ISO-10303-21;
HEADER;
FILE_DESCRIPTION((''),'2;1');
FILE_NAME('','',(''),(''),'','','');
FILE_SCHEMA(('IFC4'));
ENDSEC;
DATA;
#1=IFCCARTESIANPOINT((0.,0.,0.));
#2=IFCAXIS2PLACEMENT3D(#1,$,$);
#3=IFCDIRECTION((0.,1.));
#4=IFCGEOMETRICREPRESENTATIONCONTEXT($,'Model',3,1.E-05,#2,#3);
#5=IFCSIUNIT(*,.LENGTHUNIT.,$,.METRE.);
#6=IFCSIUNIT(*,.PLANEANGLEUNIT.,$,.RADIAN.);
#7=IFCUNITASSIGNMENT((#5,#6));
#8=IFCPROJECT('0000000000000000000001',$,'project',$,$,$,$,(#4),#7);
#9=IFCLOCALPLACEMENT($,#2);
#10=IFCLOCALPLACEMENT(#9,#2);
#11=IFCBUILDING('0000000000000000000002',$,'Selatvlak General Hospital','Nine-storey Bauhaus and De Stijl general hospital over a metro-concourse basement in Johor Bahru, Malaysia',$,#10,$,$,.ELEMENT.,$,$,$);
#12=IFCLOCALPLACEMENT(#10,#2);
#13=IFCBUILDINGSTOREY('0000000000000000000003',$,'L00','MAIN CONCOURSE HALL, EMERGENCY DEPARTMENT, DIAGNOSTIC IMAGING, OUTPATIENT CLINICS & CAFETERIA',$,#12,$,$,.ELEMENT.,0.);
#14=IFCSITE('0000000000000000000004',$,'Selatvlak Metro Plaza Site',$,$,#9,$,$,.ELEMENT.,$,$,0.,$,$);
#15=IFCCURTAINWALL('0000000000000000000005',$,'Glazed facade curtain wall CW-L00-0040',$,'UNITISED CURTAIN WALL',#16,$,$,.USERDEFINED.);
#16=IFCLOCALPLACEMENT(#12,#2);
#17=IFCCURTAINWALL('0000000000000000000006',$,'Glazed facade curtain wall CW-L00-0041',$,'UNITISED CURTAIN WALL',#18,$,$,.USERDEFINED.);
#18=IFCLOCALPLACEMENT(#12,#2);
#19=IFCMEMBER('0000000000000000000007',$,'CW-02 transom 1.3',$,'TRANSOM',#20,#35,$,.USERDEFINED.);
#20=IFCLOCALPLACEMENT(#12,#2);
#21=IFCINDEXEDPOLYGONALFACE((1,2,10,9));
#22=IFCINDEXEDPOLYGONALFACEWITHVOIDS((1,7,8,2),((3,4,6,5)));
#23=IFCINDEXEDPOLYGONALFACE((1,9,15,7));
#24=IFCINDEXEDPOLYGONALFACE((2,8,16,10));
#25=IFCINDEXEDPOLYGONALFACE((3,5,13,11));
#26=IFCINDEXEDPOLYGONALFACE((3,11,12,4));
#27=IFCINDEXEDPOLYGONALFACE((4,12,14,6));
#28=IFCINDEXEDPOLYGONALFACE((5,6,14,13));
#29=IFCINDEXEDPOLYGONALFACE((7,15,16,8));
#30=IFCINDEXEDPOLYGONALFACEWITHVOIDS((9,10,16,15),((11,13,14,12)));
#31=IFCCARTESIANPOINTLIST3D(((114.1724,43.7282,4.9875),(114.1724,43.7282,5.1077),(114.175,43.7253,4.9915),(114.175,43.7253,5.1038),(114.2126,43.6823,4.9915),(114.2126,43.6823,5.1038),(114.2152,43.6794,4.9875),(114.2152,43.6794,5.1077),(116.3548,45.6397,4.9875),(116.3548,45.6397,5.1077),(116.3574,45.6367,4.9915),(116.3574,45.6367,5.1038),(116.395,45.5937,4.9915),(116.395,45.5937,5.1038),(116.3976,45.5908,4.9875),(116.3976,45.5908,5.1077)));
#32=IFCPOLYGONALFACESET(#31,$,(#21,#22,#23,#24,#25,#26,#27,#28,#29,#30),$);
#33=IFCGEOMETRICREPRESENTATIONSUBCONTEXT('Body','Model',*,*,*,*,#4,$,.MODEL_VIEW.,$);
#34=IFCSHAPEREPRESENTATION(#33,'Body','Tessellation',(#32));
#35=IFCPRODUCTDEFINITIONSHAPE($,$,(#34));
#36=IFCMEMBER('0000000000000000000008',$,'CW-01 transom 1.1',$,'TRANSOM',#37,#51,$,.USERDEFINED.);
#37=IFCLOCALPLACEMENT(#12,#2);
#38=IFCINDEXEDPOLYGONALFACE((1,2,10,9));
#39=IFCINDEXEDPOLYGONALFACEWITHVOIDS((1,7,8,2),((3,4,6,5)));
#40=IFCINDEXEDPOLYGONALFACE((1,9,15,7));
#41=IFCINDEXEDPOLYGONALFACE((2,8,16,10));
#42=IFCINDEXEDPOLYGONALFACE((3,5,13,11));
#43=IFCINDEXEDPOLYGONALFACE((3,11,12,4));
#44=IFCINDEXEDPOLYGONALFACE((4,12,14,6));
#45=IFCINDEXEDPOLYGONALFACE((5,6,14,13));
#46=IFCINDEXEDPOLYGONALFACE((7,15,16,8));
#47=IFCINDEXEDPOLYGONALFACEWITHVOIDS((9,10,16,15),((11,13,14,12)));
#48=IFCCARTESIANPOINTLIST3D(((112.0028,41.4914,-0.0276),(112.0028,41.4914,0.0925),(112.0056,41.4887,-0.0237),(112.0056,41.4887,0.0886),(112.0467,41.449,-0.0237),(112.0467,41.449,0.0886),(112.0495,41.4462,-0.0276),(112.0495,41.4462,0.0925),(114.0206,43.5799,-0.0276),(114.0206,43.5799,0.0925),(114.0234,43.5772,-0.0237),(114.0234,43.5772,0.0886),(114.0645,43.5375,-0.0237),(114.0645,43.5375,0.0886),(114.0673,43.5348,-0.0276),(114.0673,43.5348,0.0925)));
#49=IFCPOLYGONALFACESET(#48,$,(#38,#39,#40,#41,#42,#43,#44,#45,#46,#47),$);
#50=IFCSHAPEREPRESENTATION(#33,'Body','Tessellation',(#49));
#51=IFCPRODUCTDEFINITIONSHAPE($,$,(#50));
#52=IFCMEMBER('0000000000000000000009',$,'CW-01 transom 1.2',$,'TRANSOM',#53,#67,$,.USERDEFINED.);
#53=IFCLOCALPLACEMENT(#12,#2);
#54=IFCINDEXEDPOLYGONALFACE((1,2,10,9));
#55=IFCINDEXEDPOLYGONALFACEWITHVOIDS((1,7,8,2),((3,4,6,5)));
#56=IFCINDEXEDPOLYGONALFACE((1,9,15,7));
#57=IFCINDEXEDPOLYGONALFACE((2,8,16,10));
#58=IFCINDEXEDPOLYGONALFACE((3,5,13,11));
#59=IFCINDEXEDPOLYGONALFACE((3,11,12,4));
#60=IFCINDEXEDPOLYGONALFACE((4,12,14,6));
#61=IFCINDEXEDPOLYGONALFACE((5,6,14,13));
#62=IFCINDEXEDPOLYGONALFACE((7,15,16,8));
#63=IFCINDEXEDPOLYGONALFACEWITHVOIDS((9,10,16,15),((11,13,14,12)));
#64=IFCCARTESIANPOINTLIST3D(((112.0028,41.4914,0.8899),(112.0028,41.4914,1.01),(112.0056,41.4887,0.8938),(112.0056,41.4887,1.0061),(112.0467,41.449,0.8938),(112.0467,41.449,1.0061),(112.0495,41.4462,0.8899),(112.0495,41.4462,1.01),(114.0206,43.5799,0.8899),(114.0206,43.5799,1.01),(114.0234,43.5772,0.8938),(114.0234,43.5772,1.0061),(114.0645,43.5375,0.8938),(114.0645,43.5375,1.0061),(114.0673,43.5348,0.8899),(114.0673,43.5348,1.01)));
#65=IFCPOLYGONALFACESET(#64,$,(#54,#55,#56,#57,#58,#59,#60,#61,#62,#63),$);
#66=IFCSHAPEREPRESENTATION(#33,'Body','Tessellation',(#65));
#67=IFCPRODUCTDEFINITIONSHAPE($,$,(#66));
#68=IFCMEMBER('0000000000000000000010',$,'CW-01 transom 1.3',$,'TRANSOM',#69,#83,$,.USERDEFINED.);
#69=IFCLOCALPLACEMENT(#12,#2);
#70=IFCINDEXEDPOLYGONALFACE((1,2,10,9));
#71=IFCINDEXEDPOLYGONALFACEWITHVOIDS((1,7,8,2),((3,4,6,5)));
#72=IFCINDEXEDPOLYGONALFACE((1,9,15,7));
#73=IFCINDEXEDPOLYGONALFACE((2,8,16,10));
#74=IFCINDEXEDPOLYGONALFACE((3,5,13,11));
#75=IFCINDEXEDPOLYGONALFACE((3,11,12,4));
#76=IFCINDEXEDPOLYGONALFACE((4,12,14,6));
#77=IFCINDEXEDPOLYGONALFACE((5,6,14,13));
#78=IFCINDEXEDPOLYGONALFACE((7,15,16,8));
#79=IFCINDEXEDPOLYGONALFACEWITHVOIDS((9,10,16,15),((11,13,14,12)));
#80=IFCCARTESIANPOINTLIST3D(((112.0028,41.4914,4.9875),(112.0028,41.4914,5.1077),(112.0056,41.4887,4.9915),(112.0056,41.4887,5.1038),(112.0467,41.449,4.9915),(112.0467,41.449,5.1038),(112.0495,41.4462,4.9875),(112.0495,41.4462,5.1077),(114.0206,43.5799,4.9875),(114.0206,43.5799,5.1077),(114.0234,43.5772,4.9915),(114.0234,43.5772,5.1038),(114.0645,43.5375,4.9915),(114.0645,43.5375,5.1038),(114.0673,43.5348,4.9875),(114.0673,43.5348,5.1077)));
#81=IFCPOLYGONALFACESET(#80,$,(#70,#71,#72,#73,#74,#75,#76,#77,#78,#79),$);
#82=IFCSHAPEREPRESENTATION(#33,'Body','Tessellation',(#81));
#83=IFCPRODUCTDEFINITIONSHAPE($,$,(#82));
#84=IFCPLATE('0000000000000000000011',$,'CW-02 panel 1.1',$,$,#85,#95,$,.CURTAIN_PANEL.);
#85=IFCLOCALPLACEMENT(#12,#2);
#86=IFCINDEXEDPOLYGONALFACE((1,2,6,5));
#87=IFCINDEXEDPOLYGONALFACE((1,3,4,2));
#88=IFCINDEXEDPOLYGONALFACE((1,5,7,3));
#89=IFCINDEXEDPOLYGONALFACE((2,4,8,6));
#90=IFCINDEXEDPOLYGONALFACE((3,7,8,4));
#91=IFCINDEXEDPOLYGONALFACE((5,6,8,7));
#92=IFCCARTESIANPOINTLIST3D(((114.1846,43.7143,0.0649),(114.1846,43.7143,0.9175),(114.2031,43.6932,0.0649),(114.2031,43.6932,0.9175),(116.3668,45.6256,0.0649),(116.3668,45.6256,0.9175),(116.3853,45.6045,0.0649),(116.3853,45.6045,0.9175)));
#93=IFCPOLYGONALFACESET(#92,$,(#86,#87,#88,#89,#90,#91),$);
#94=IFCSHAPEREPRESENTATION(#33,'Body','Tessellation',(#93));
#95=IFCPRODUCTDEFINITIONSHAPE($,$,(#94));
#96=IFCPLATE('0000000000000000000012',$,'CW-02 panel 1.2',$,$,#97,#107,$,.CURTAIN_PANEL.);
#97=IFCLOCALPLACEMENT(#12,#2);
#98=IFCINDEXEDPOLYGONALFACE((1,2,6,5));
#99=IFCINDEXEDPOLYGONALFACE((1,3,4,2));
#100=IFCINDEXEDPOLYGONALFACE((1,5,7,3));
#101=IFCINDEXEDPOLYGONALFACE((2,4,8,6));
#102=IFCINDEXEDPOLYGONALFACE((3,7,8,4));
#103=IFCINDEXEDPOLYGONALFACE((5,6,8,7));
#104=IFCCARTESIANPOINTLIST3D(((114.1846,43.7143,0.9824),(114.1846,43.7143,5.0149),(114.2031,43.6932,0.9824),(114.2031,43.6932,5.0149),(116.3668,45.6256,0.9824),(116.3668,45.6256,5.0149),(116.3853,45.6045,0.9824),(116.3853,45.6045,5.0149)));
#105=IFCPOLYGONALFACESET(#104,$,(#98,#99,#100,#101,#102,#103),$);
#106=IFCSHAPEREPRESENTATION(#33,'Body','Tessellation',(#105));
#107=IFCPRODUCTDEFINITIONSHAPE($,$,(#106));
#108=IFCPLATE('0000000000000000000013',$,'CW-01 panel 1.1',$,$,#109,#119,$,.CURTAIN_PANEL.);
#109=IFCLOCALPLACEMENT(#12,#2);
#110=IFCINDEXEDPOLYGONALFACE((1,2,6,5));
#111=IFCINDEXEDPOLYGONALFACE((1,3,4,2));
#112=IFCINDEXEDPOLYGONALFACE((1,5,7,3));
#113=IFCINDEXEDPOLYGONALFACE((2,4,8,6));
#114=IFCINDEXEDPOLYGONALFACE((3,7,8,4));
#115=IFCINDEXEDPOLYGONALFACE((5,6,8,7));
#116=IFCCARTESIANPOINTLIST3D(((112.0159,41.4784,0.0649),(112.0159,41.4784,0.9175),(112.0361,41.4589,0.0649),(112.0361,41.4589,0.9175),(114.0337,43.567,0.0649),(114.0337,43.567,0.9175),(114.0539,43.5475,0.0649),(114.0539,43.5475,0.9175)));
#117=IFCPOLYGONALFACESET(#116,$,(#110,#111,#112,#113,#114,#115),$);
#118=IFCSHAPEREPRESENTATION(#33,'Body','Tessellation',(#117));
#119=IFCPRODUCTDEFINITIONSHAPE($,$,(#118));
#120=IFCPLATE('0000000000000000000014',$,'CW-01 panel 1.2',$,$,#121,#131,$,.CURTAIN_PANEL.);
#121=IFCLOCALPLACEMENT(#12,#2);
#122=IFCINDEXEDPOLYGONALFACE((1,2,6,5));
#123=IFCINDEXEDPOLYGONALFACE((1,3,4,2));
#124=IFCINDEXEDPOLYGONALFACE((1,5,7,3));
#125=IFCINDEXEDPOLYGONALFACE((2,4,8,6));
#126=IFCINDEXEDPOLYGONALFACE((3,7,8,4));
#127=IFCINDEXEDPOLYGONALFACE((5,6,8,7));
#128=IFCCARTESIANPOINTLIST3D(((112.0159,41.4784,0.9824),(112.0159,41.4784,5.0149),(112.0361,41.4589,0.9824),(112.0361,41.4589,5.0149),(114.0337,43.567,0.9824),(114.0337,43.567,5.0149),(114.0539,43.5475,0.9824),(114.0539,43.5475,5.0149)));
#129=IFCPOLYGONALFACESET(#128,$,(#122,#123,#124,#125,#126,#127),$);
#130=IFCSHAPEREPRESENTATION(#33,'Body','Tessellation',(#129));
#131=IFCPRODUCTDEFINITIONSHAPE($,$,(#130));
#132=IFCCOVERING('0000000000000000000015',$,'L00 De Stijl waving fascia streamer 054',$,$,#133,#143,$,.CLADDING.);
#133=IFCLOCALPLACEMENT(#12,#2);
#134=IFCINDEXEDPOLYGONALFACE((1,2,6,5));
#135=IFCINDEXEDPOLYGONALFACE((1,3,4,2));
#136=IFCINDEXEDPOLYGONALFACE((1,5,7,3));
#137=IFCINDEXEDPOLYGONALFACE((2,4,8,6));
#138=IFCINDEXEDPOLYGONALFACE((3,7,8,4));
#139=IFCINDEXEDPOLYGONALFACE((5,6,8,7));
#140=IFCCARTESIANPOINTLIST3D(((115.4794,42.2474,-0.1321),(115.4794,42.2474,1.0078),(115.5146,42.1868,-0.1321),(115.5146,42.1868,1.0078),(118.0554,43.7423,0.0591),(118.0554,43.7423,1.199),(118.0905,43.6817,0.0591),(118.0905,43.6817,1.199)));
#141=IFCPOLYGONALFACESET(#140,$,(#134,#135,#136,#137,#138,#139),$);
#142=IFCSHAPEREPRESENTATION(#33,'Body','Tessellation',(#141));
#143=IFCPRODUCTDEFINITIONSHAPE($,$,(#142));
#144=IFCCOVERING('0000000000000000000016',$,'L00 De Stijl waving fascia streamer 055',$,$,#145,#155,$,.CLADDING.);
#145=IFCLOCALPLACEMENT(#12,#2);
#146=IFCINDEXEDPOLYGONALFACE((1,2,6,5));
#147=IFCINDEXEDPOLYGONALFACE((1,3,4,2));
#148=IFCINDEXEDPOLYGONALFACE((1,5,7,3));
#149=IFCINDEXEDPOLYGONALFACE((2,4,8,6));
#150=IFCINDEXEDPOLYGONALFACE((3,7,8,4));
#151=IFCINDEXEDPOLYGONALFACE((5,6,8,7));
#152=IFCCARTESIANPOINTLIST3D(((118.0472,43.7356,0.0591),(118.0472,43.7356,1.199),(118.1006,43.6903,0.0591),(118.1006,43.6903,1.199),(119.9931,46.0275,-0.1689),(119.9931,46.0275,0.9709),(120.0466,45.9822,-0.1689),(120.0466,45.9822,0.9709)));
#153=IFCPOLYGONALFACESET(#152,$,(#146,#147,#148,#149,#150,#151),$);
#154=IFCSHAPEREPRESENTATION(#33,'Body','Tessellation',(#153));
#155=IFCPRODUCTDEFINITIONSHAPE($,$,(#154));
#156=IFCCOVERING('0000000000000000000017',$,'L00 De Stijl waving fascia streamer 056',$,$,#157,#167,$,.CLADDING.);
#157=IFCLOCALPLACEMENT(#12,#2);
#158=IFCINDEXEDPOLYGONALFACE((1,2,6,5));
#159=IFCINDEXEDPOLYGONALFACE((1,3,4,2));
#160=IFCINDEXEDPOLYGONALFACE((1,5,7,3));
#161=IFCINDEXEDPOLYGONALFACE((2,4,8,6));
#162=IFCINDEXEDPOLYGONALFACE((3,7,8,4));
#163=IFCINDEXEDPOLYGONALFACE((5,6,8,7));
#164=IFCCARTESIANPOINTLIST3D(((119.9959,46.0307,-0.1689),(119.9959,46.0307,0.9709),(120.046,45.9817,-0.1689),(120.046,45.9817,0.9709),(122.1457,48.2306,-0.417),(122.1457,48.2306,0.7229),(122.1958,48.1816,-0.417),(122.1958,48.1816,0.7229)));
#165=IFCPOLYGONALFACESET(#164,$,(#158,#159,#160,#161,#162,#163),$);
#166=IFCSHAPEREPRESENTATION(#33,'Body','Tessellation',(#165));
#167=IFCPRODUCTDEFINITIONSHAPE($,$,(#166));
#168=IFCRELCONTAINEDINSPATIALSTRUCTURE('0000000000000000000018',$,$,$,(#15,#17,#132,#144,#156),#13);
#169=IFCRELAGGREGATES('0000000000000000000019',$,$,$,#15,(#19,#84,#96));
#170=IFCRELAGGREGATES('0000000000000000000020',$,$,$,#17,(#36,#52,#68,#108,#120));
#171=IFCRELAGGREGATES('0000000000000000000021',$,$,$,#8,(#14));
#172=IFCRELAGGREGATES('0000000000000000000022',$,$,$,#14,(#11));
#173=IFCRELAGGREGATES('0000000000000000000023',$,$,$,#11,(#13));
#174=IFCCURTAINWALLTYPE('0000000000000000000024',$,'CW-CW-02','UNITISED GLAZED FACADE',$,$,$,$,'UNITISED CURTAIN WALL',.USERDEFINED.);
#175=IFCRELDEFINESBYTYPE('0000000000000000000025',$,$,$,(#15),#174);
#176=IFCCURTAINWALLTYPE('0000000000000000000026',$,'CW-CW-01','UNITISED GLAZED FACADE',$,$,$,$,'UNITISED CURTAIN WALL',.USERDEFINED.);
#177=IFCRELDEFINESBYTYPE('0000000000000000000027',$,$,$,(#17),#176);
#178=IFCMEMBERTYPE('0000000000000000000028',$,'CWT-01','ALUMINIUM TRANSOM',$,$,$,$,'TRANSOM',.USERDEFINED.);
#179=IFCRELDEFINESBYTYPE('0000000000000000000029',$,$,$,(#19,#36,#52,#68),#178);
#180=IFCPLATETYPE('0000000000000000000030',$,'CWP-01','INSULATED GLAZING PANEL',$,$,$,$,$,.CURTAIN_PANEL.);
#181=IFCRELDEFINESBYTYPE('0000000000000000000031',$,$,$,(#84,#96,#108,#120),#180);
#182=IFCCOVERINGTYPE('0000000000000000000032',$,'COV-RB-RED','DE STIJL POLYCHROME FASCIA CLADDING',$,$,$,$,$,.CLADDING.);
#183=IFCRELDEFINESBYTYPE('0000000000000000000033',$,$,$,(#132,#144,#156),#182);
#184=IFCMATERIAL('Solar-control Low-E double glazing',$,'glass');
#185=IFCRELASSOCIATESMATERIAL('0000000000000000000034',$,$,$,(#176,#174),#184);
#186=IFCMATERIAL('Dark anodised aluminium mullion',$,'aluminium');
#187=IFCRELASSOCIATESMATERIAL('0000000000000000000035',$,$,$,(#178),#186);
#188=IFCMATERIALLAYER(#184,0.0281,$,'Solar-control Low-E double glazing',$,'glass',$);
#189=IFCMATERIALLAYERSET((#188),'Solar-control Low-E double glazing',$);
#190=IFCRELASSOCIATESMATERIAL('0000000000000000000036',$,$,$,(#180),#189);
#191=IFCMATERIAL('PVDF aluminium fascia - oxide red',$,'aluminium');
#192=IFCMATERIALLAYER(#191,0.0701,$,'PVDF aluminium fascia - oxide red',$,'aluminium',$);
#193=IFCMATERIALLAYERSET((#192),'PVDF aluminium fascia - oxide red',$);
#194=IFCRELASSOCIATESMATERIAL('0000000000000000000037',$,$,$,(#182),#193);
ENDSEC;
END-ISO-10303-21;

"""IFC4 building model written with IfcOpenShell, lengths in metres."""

from ifc_helpers import new_model, si_unit, direction, frame, origin, origin_2d, place, context, subcontext, project, spatial, polyline, rectangle, hollow_rectangle, outline, extrude, material, layer, layer_set, material_profile, profile_set, type_object, element, aggregate, save


model = new_model("IFC4")

# Units and contexts
model_context = context("Model", 3, precision=1e-05, world=origin(), true_north=direction((0.0, 1.0)))
body_context = subcontext(model_context, "Body", "Model", "MODEL_VIEW")
ifc_project = project(units=[si_unit("LENGTHUNIT", "METRE"), si_unit("PLANEANGLEUNIT", "RADIAN")], contexts=[model_context])

# Site, building, storey
site_placement = place(None, origin())
site = spatial("IfcSite", under=ifc_project, at=site_placement, Name="Selatvlak Metro Plaza Site", CompositionType="ELEMENT", RefElevation=0.0)
building_placement = place(site_placement, origin())
building = spatial("IfcBuilding", under=site, at=building_placement, Name="Selatvlak General Hospital", Description="Nine-storey Bauhaus and De Stijl general hospital over a metro-concourse basement in Johor Bahru, Malaysia", CompositionType="ELEMENT")
storey_placement = place(building_placement, origin())
storey = spatial("IfcBuildingStorey", under=building, at=storey_placement, Name="L00", Description="MAIN CONCOURSE HALL, EMERGENCY DEPARTMENT, DIAGNOSTIC IMAGING, OUTPATIENT CLINICS & CAFETERIA", CompositionType="ELEMENT", Elevation=0.0)

# Shared definitions
ifc_material_1 = material(Name="Solar-control Low-E double glazing", Category="glass")
curtain_wall_type_1 = type_object("IfcCurtainWallType", Name="CW-CW-01", Description="UNITISED GLAZED FACADE", ElementType="UNITISED CURTAIN WALL", PredefinedType="USERDEFINED", material=ifc_material_1)
ifc_material_2 = material(Name="Dark anodised aluminium mullion", Category="aluminium")

# Curtain wall
curtain_wall_type_2 = type_object("IfcCurtainWallType", Name="CW-CW-02", Description="UNITISED GLAZED FACADE", ElementType="UNITISED CURTAIN WALL", PredefinedType="USERDEFINED", material=ifc_material_1)
curtain_wall_1_placement = place(storey_placement, origin())
curtain_wall_1 = element("IfcCurtainWall", 1, at=curtain_wall_1_placement, inside=storey, type_object=curtain_wall_type_2, Name="Glazed facade curtain wall CW-L00-0040", ObjectType="UNITISED CURTAIN WALL", PredefinedType="USERDEFINED")

# Curtain wall
curtain_wall_2_placement = place(storey_placement, origin())
curtain_wall_2 = element("IfcCurtainWall", 2, at=curtain_wall_2_placement, inside=storey, type_object=curtain_wall_type_1, Name="Glazed facade curtain wall CW-L00-0041", ObjectType="UNITISED CURTAIN WALL", PredefinedType="USERDEFINED")

# Members
ifc_material_profile_1 = material_profile(ifc_material_2, hollow_rectangle(XDim=0.0649, YDim=0.1201, WallThickness=0.0039, at=origin_2d()), Name="AL-TRN 65x120x4")
ifc_profile_set_1 = profile_set([ifc_material_profile_1], Name="Dark anodised aluminium mullion")
member_type_1 = type_object("IfcMemberType", Name="CWT-01", Description="ALUMINIUM TRANSOM", ElementType="TRANSOM", PredefinedType="USERDEFINED", material=ifc_profile_set_1)
member_1_placement = place(storey_placement, frame((116.3762, 45.6152, 5.0476), z_axis=(-0.752269, -0.658856, 0.0), x_axis=(0.658856, -0.752269, 0.0)))
member_1 = element("IfcMember", 3, at=member_1_placement, type_object=member_type_1, Name="CW-02 transom 1.3", ObjectType="TRANSOM", PredefinedType="USERDEFINED", context=body_context, shape_type="SweptSolid", body=[
    extrude(hollow_rectangle(XDim=0.0649, YDim=0.1201, WallThickness=0.0039, at=origin_2d()), origin(), (0.0, 0.0, 1.0), 2.9011),
])
member_2_placement = place(storey_placement, frame((114.0439, 43.5574, 0.0325), z_axis=(-0.694812, -0.719191, 0.0), x_axis=(0.719191, -0.694812, 0.0)))
member_2 = element("IfcMember", 4, at=member_2_placement, type_object=member_type_1, Name="CW-01 transom 1.1", ObjectType="TRANSOM", PredefinedType="USERDEFINED", context=body_context, shape_type="SweptSolid", body=[
    extrude(hollow_rectangle(XDim=0.0649, YDim=0.1201, WallThickness=0.0039, at=origin_2d()), origin(), (0.0, 0.0, 1.0), 2.9041),
])
member_3_placement = place(storey_placement, frame((114.0439, 43.5574, 0.95), z_axis=(-0.694812, -0.719191, 0.0), x_axis=(0.719191, -0.694812, 0.0)))
member_3 = element("IfcMember", 5, at=member_3_placement, type_object=member_type_1, Name="CW-01 transom 1.2", ObjectType="TRANSOM", PredefinedType="USERDEFINED", context=body_context, shape_type="SweptSolid", body=[
    extrude(hollow_rectangle(XDim=0.0649, YDim=0.1201, WallThickness=0.0039, at=origin_2d()), origin(), (0.0, 0.0, 1.0), 2.9041),
])
member_4_placement = place(storey_placement, frame((114.0439, 43.5574, 5.0476), z_axis=(-0.694812, -0.719191, 0.0), x_axis=(0.719191, -0.694812, 0.0)))
member_4 = element("IfcMember", 6, at=member_4_placement, type_object=member_type_1, Name="CW-01 transom 1.3", ObjectType="TRANSOM", PredefinedType="USERDEFINED", context=body_context, shape_type="SweptSolid", body=[
    extrude(hollow_rectangle(XDim=0.0649, YDim=0.1201, WallThickness=0.0039, at=origin_2d()), origin(), (0.0, 0.0, 1.0), 2.9041),
])

# Plates
ifc_layer_1 = layer(ifc_material_1, 0.0281, Name="Solar-control Low-E double glazing", Category="glass")
ifc_layer_set_1 = layer_set([ifc_layer_1], Name="Solar-control Low-E double glazing")
plate_type = type_object("IfcPlateType", Name="CWP-01", Description="INSULATED GLAZING PANEL", PredefinedType="CURTAIN_PANEL", material=ifc_layer_set_1)
plate_1_placement = place(storey_placement, frame((115.2849, 44.6594, 0.0649), z_axis=(0.0, 0.0, 1.0), x_axis=(-0.75225, -0.658878, 0.0)))
plate_1 = element("IfcPlate", 7, at=plate_1_placement, type_object=plate_type, Name="CW-02 panel 1.1", PredefinedType="CURTAIN_PANEL", context=body_context, shape_type="SweptSolid", body=[
    extrude(rectangle(XDim=2.9009, YDim=0.0281, at=origin_2d()), origin(), (0.0, 0.0, 1.0), 0.8525),
])
plate_2_placement = place(storey_placement, frame((115.2849, 44.6594, 0.9824), z_axis=(0.0, 0.0, 1.0), x_axis=(-0.75225, -0.658878, 0.0)))
plate_2 = element("IfcPlate", 8, at=plate_2_placement, type_object=plate_type, Name="CW-02 panel 1.2", PredefinedType="CURTAIN_PANEL", context=body_context, shape_type="SweptSolid", body=[
    extrude(rectangle(XDim=2.9009, YDim=0.0281, at=origin_2d()), origin(), (0.0, 0.0, 1.0), 4.0325),
])
aggregate(curtain_wall_1, [member_1, plate_1, plate_2])
plate_3_placement = place(storey_placement, frame((113.0349, 42.5129, 0.0649), z_axis=(0.0, 0.0, 1.0), x_axis=(-0.694806, -0.719197, 0.0)))
plate_3 = element("IfcPlate", 9, at=plate_3_placement, type_object=plate_type, Name="CW-01 panel 1.1", PredefinedType="CURTAIN_PANEL", context=body_context, shape_type="SweptSolid", body=[
    extrude(rectangle(XDim=2.9041, YDim=0.0281, at=origin_2d()), origin(), (0.0, 0.0, 1.0), 0.8525),
])
plate_4_placement = place(storey_placement, frame((113.0349, 42.5129, 0.9824), z_axis=(0.0, 0.0, 1.0), x_axis=(-0.694806, -0.719197, 0.0)))
plate_4 = element("IfcPlate", 10, at=plate_4_placement, type_object=plate_type, Name="CW-01 panel 1.2", PredefinedType="CURTAIN_PANEL", context=body_context, shape_type="SweptSolid", body=[
    extrude(rectangle(XDim=2.9041, YDim=0.0281, at=origin_2d()), origin(), (0.0, 0.0, 1.0), 4.0325),
])
aggregate(curtain_wall_2, [member_2, member_3, member_4, plate_3, plate_4])

# Coverings
ifc_material_3 = material(Name="PVDF aluminium fascia - oxide red", Category="aluminium")
ifc_layer_2 = layer(ifc_material_3, 0.0701, Name="PVDF aluminium fascia - oxide red", Category="aluminium")
ifc_layer_set_2 = layer_set([ifc_layer_2], Name="PVDF aluminium fascia - oxide red")
covering_type = type_object("IfcCoveringType", Name="COV-RB-RED", Description="DE STIJL POLYCHROME FASCIA CLADDING", PredefinedType="CLADDING", material=ifc_layer_set_2)
covering_1_placement = place(storey_placement, frame((115.4971, 42.217, -0.1321), z_axis=(0.0, 0.0, 1.0), x_axis=(0.864909, 0.501928, 0.0)))
element("IfcCovering", 11, at=covering_1_placement, inside=storey, type_object=covering_type, Name="L00 De Stijl waving fascia streamer 054", PredefinedType="CLADDING", context=body_context, shape_type="SweptSolid", body=[
    extrude(outline(polyline([(0.0, 0.0), (2.9783, 0.1912), (2.9783, 1.3311), (0.0, 1.1399), (0.0, 0.0)])), frame((0.0, 0.0352, 0.0), z_axis=(0.0, -1.0, 0.0), x_axis=(1.0, 0.0, 0.0)), (0.0, 0.0, 1.0), 0.0701),
])
covering_2_placement = place(storey_placement, frame((118.074, 43.7129, 0.0591), z_axis=(0.0, 0.0, 1.0), x_axis=(0.647233, 0.762292, 0.0)))
element("IfcCovering", 12, at=covering_2_placement, inside=storey, type_object=covering_type, Name="L00 De Stijl waving fascia streamer 055", PredefinedType="CLADDING", context=body_context, shape_type="SweptSolid", body=[
    extrude(outline(polyline([(0.0, 0.0), (3.0066, -0.228), (3.0066, 0.9119), (0.0, 1.1399), (0.0, 0.0)])), frame((0.0, 0.0352, 0.0), z_axis=(0.0, -1.0, 0.0), x_axis=(1.0, 0.0, 0.0)), (0.0, 0.0, 1.0), 0.0701),
])
covering_3_placement = place(storey_placement, frame((120.021, 46.0061, -0.1689), z_axis=(0.0, 0.0, 1.0), x_axis=(0.698925, 0.715195, 0.0)))
element("IfcCovering", 13, at=covering_3_placement, inside=storey, type_object=covering_type, Name="L00 De Stijl waving fascia streamer 056", PredefinedType="CLADDING", context=body_context, shape_type="SweptSolid", body=[
    extrude(outline(polyline([(0.0, 0.0), (3.0759, -0.248), (3.0759, 0.8918), (0.0, 1.1399), (0.0, 0.0)])), frame((0.0, 0.0352, 0.0), z_axis=(0.0, -1.0, 0.0), x_axis=(1.0, 0.0, 0.0)), (0.0, 0.0, 1.0), 0.0701),
])

save(model, "model.ifc")
